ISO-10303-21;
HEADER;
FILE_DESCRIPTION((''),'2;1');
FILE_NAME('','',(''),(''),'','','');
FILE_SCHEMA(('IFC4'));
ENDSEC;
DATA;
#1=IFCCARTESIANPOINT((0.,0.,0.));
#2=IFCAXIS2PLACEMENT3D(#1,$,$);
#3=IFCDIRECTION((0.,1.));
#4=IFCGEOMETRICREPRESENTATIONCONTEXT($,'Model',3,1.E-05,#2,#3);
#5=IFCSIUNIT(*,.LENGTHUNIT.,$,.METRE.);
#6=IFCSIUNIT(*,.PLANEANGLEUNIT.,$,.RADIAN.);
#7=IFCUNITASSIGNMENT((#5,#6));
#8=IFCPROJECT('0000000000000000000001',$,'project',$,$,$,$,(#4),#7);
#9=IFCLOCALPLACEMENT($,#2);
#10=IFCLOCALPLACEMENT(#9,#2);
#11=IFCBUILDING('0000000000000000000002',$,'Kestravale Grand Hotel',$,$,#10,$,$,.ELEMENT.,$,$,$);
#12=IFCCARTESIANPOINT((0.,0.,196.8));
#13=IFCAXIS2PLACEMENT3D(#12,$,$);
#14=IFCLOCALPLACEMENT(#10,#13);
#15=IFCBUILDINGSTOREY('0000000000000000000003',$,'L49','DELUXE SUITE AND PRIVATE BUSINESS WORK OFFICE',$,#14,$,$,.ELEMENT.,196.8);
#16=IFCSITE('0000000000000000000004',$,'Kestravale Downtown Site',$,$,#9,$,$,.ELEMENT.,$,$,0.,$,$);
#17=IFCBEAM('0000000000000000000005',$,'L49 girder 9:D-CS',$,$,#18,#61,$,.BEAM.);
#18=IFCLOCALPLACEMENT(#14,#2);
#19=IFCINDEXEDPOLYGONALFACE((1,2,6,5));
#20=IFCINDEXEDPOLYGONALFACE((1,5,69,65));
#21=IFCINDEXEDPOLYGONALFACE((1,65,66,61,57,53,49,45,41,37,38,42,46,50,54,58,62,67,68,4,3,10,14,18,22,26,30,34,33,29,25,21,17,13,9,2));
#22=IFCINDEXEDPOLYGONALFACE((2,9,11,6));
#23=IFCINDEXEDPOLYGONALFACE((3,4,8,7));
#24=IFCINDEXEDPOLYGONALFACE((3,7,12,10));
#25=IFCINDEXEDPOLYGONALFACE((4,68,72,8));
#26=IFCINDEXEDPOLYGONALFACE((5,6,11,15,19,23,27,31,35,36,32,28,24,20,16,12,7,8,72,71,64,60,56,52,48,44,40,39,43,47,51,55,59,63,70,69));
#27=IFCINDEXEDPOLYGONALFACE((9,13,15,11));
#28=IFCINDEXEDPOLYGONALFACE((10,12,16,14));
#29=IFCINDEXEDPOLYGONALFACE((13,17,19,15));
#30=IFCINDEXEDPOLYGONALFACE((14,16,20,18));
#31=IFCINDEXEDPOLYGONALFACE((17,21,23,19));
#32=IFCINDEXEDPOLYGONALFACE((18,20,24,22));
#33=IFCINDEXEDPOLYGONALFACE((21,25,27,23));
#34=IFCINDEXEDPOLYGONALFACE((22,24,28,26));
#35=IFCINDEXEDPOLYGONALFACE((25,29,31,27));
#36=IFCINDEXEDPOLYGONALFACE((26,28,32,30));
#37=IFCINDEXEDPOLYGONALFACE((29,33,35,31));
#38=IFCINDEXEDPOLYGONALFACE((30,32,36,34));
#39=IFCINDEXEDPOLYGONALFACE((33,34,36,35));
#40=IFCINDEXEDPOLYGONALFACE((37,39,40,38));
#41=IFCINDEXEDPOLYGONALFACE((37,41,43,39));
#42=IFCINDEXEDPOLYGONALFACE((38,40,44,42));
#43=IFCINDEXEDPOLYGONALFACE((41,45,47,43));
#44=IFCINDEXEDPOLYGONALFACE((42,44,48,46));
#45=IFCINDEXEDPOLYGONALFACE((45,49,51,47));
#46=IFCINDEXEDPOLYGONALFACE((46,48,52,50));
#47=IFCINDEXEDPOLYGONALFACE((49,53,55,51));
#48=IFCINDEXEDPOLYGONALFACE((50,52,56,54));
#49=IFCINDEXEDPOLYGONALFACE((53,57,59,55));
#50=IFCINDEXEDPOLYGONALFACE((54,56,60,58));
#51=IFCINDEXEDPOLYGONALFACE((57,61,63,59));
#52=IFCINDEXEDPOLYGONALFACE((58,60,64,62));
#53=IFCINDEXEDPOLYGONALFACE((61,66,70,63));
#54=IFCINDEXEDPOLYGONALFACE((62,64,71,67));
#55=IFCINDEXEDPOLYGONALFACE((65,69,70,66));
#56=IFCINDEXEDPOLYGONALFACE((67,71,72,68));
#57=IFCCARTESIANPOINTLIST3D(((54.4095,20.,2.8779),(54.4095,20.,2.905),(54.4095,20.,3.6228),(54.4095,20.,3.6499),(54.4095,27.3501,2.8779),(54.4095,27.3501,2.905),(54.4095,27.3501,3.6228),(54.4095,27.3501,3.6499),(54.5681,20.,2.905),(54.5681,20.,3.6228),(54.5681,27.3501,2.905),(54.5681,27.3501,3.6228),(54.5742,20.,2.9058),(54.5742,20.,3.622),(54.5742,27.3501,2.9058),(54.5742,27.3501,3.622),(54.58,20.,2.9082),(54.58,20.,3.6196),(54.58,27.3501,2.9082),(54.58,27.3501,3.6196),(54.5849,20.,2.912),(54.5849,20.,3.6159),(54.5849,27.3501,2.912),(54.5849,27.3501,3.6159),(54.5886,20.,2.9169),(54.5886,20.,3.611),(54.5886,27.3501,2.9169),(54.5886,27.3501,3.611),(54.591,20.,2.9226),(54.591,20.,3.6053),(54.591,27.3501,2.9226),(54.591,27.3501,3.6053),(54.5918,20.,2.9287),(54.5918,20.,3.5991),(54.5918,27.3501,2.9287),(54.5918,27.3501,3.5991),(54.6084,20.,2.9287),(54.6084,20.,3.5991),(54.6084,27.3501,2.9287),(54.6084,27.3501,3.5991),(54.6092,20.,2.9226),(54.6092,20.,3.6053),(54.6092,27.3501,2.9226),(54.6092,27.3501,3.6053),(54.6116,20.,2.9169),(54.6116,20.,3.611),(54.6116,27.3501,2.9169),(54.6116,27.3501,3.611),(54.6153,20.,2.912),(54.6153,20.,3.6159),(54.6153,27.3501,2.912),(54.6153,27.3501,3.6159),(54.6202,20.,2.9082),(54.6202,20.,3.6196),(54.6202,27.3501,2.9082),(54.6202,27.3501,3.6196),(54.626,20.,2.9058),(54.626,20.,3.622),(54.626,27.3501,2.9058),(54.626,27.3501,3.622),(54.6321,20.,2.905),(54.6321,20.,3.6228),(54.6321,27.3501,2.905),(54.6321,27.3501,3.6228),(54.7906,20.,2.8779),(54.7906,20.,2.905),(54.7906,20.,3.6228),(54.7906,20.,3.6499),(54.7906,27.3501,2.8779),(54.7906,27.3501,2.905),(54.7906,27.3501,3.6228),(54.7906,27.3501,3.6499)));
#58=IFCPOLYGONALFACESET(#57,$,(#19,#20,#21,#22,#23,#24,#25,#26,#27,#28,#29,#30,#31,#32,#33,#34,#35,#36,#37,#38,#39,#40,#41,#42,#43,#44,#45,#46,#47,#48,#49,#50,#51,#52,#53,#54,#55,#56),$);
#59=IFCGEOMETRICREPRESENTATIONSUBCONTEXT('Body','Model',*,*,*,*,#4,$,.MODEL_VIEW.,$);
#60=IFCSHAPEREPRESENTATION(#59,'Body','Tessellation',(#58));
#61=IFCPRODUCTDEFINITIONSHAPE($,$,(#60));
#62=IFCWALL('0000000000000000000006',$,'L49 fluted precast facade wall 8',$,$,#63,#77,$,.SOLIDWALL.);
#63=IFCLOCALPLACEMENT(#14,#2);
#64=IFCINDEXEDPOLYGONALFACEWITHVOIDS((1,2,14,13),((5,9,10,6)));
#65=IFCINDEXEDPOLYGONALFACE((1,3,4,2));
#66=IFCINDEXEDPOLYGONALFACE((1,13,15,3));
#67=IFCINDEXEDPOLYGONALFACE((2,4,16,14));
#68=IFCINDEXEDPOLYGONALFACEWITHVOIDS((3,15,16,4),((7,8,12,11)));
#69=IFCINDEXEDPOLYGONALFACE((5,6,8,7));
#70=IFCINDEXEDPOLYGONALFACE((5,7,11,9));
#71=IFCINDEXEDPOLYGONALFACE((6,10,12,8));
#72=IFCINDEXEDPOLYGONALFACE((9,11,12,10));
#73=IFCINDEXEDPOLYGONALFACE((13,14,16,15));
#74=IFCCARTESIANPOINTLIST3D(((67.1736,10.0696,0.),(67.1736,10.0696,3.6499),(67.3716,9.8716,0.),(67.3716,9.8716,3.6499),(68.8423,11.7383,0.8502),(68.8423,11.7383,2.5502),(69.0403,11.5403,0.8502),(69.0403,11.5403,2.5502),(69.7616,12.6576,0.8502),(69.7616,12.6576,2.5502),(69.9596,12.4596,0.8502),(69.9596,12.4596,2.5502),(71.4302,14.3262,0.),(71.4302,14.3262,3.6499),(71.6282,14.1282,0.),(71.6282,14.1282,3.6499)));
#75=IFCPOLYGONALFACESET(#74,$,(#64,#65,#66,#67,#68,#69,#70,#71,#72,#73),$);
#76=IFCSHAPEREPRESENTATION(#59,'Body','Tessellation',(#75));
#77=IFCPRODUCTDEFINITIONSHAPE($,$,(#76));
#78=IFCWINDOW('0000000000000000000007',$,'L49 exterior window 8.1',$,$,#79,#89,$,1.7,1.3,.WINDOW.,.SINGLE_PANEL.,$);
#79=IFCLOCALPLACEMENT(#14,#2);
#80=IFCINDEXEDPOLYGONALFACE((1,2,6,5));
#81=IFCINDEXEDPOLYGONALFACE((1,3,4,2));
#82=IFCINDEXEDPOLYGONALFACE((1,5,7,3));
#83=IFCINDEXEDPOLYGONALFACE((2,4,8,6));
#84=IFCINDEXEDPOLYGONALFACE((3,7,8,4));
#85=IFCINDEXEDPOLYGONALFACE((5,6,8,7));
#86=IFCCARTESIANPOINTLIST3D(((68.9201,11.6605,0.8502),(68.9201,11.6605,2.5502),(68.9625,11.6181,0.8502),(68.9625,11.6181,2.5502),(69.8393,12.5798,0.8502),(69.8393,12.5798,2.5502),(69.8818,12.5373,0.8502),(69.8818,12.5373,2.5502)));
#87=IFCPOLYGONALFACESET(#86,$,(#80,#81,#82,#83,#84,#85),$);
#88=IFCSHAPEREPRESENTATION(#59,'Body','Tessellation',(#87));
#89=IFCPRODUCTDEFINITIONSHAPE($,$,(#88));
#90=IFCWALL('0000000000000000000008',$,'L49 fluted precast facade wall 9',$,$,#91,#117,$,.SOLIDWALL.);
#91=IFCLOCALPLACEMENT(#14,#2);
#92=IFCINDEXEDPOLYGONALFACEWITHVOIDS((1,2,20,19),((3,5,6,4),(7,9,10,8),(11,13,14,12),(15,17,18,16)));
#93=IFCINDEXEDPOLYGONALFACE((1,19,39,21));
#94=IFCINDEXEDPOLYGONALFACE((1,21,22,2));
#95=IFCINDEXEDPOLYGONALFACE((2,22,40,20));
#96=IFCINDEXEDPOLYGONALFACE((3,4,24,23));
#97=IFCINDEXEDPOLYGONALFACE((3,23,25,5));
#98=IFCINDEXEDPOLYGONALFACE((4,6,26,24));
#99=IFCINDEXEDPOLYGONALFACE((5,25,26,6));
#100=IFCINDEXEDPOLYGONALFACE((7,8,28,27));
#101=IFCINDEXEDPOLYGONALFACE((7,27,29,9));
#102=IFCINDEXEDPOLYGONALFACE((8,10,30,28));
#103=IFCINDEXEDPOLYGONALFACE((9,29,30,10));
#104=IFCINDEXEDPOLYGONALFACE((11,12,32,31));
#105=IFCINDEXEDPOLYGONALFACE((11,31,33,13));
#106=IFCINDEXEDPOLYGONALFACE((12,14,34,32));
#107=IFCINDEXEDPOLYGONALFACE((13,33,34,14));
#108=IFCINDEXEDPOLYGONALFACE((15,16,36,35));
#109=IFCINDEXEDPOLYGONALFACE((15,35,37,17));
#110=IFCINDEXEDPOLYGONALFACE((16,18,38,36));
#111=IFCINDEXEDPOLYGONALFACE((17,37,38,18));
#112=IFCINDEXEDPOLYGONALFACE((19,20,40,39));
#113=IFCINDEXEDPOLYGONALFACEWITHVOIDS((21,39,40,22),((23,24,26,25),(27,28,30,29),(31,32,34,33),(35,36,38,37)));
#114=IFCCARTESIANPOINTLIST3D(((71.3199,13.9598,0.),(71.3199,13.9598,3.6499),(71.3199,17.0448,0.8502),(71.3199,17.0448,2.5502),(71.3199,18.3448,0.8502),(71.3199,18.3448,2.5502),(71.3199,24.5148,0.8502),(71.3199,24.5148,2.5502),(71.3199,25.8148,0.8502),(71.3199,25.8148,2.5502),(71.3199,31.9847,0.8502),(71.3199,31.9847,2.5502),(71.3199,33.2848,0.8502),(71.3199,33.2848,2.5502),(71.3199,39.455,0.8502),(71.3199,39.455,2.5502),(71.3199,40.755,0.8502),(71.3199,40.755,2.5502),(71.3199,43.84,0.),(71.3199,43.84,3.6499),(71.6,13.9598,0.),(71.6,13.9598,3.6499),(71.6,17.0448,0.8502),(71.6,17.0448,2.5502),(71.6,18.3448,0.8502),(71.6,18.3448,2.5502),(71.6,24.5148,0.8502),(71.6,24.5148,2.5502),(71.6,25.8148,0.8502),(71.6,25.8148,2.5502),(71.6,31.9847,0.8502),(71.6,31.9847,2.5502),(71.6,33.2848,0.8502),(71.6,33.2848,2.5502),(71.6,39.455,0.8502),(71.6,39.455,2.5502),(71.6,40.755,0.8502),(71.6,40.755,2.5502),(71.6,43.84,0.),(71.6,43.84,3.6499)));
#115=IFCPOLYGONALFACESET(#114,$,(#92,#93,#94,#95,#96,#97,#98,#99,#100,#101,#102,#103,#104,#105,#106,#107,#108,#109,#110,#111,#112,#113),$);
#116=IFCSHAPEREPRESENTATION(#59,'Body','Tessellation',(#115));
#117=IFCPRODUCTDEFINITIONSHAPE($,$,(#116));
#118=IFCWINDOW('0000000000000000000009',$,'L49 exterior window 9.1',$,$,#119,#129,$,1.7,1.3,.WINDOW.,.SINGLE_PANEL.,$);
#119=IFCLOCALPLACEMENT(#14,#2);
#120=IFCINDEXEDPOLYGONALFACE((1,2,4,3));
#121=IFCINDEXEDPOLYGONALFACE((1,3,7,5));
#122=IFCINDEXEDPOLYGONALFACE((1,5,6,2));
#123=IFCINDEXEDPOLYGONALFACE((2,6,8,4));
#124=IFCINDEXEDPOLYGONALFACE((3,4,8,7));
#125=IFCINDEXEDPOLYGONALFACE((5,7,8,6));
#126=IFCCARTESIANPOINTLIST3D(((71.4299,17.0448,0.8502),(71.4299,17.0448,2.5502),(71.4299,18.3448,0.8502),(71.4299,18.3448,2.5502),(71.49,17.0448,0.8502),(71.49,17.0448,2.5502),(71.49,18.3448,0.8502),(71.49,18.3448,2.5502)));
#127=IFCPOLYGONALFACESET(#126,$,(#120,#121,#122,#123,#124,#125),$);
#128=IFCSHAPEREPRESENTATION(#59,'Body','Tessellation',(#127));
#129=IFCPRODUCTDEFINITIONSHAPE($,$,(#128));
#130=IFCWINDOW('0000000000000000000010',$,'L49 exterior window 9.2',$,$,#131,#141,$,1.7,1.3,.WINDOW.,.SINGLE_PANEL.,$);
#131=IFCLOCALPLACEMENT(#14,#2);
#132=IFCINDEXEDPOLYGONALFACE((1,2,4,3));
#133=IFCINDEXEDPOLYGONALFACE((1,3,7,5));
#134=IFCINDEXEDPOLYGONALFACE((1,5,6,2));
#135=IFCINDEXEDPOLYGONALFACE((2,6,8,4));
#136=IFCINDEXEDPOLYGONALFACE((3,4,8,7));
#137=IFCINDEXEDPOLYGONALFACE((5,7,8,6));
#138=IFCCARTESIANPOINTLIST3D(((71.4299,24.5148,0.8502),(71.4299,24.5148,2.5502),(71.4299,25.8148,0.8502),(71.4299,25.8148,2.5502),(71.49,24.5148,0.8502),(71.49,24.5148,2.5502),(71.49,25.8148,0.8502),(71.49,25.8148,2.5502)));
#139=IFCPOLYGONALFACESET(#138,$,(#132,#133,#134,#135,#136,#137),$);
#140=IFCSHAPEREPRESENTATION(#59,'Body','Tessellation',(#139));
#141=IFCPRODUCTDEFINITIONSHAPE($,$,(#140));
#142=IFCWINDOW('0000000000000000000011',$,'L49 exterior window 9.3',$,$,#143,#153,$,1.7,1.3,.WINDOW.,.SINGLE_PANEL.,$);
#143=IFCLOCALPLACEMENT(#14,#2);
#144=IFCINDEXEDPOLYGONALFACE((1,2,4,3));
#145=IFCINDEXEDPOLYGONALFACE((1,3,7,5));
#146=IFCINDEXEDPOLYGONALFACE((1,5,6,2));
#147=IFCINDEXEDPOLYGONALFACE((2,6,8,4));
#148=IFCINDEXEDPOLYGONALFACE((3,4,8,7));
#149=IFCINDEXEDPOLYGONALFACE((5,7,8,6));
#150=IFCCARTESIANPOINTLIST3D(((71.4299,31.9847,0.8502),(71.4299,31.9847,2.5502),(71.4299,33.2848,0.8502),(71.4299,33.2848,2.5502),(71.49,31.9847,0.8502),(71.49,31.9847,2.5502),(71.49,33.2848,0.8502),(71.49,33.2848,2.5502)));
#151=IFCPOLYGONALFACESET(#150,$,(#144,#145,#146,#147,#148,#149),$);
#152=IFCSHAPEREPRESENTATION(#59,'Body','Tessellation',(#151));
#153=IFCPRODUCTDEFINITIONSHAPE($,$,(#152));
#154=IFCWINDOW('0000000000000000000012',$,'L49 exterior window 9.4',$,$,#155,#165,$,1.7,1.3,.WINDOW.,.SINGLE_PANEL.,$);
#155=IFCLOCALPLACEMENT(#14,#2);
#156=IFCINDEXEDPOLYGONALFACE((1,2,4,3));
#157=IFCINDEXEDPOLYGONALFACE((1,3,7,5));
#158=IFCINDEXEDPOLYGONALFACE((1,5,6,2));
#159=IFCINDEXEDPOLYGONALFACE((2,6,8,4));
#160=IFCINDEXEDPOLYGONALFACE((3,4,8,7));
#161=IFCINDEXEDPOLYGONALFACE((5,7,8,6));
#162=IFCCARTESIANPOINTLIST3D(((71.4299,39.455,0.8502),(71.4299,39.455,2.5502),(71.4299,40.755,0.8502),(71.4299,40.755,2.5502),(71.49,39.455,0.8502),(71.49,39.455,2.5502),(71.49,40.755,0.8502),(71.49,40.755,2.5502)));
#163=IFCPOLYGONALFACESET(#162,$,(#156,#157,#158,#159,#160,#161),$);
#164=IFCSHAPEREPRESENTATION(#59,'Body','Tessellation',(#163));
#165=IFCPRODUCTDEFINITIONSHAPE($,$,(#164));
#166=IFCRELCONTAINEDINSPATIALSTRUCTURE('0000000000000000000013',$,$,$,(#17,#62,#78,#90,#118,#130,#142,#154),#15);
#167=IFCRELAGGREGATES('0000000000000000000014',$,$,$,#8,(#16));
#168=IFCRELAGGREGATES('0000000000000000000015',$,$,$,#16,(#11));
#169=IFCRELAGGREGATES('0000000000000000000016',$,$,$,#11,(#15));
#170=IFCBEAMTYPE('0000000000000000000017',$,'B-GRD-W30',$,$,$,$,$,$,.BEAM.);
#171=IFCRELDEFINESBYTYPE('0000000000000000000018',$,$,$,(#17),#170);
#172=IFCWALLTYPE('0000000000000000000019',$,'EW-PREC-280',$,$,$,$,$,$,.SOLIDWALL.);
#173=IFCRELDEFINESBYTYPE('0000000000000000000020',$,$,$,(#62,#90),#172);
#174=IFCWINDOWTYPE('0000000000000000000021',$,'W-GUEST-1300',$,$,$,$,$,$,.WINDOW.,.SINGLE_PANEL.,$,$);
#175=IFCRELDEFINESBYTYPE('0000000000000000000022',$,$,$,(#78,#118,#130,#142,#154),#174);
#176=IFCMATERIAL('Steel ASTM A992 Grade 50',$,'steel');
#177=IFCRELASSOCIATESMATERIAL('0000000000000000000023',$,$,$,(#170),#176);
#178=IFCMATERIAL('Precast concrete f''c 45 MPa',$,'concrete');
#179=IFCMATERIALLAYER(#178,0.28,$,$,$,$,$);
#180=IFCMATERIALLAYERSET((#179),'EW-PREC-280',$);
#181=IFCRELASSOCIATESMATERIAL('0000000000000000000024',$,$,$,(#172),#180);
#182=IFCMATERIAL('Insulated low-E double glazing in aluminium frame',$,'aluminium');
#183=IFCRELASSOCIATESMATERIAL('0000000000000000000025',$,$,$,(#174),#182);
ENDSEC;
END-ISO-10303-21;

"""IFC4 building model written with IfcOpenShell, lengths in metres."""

from ifc_helpers import new_model, si_unit, direction, frame, frame_2d, origin, origin_2d, place, context, subcontext, project, spatial, rectangle, i_section, extrude, material, layer, layer_set, material_profile, profile_set, type_object, element, fill, save


model = new_model("IFC4")

# Units and contexts
model_context = context("Model", 3, precision=1e-05, world=origin(), true_north=direction((0.0, 1.0)))
body_context = subcontext(model_context, "Body", "Model", "MODEL_VIEW")
ifc_project = project(units=[si_unit("LENGTHUNIT", "METRE"), si_unit("PLANEANGLEUNIT", "RADIAN")], contexts=[model_context])

# Site, building, storey
site_placement = place(None, origin())
site = spatial("IfcSite", under=ifc_project, at=site_placement, Name="Kestravale Downtown Site", CompositionType="ELEMENT", RefElevation=0.0)
building_placement = place(site_placement, origin())
building = spatial("IfcBuilding", under=site, at=building_placement, Name="Kestravale Grand Hotel", CompositionType="ELEMENT")
storey_placement = place(building_placement, frame((0.0, 0.0, 196.8)))
storey = spatial("IfcBuildingStorey", under=building, at=storey_placement, Name="L49", Description="DELUXE SUITE AND PRIVATE BUSINESS WORK OFFICE", CompositionType="ELEMENT", Elevation=196.8)

# Beam
ifc_material_1 = material(Name="Steel ASTM A992 Grade 50", Category="steel")
ifc_material_profile_1 = material_profile(ifc_material_1, i_section(OverallWidth=0.3811, OverallDepth=0.772, WebThickness=0.0166, FlangeThickness=0.0271, FilletRadius=0.0237, at=origin_2d()))
ifc_profile_set_1 = profile_set([ifc_material_profile_1], Name="Steel ASTM A992 Grade 50")
beam_type_1 = type_object("IfcBeamType", Name="B-GRD-W30", PredefinedType="BEAM", material=ifc_profile_set_1)
beam_1_placement = place(storey_placement, frame((54.6001, 20.0, 3.2639), z_axis=(0.0, 1.0, 0.0), x_axis=(-1.0, 0.0, 0.0)))
element("IfcBeam", 1, at=beam_1_placement, inside=storey, type_object=beam_type_1, Name="L49 girder 9:D-CS", PredefinedType="BEAM", context=body_context, shape_type="SweptSolid", body=[
    extrude(i_section(OverallWidth=0.3811, OverallDepth=0.772, WebThickness=0.0166, FlangeThickness=0.0271, FilletRadius=0.0237, at=origin_2d()), origin(), (0.0, 0.0, 1.0), 7.3501),
])

# Wall, opening, window
ifc_material_2 = material(Name="Precast concrete f'c 45 MPa", Category="concrete")
ifc_layer_1 = layer(ifc_material_2, 0.28)
ifc_layer_set_1 = layer_set([ifc_layer_1], Name="EW-PREC-280")
wall_type_1 = type_object("IfcWallType", Name="EW-PREC-280", PredefinedType="SOLIDWALL", material=ifc_layer_set_1)
wall_1_placement = place(storey_placement, frame((67.2727, 9.9707, 0.0), z_axis=(0.0, 0.0, 1.0), x_axis=(0.707107, 0.707107, 0.0)))
wall_1 = element("IfcWall", 2, at=wall_1_placement, inside=storey, type_object=wall_type_1, Name="L49 fluted precast facade wall 8", PredefinedType="SOLIDWALL", context=body_context, shape_type="SweptSolid", body=[
    extrude(rectangle(XDim=6.0198, YDim=0.28, at=frame_2d((3.0098, 0.0))), origin(), (0.0, 0.0, 1.0), 3.6499),
])
opening_1_placement = place(wall_1_placement, frame((2.3599, 0.0, 0.8501)))
opening_1 = element("IfcOpeningElement", 3, at=opening_1_placement, cuts=wall_1, PredefinedType="OPENING", context=body_context, shape_type="SweptSolid", body=[
    extrude(rectangle(XDim=1.3, YDim=1.7, at=frame_2d((0.6499, 0.8501))), frame((0.0, 0.1499, 0.0), z_axis=(0.0, -1.0, 0.0), x_axis=(1.0, 0.0, 0.0)), (0.0, 0.0, 1.0), 0.3),
])
ifc_material_3 = material(Name="Insulated low-E double glazing in aluminium frame", Category="aluminium")
window_type = type_object("IfcWindowType", Name="W-GUEST-1300", PartitioningType="SINGLE_PANEL", PredefinedType="WINDOW", material=ifc_material_3)
window_1_placement = place(opening_1_placement, origin())
window_1 = element("IfcWindow", 4, at=window_1_placement, inside=storey, type_object=window_type, Name="L49 exterior window 8.1", OverallHeight=1.7, OverallWidth=1.3, PartitioningType="SINGLE_PANEL", PredefinedType="WINDOW", context=body_context, shape_type="SweptSolid", body=[
    extrude(rectangle(XDim=1.3, YDim=1.7, at=frame_2d((0.6499, 0.8501))), frame((0.0, 0.03, 0.0), z_axis=(0.0, -1.0, 0.0), x_axis=(1.0, 0.0, 0.0)), (0.0, 0.0, 1.0), 0.0601),
])
fill(opening_1, window_1)

# Wall, openings, windows
wall_2_placement = place(storey_placement, frame((71.46, 13.96, 0.0), z_axis=(0.0, 0.0, 1.0), x_axis=(0.0, 1.0, 0.0)))
wall_2 = element("IfcWall", 5, at=wall_2_placement, inside=storey, type_object=wall_type_1, Name="L49 fluted precast facade wall 9", PredefinedType="SOLIDWALL", context=body_context, shape_type="SweptSolid", body=[
    extrude(rectangle(XDim=29.8801, YDim=0.28, at=frame_2d((14.9399, 0.0))), origin(), (0.0, 0.0, 1.0), 3.6499),
])
opening_2_placement = place(wall_2_placement, frame((3.085, 0.0, 0.8501)))
opening_2 = element("IfcOpeningElement", 6, at=opening_2_placement, cuts=wall_2, PredefinedType="OPENING", context=body_context, shape_type="SweptSolid", body=[
    extrude(rectangle(XDim=1.3, YDim=1.7, at=frame_2d((0.6499, 0.8501))), frame((0.0, 0.1499, 0.0), z_axis=(0.0, -1.0, 0.0), x_axis=(1.0, 0.0, 0.0)), (0.0, 0.0, 1.0), 0.3),
])
opening_3_placement = place(wall_2_placement, frame((10.5549, 0.0, 0.8501)))
opening_3 = element("IfcOpeningElement", 7, at=opening_3_placement, cuts=wall_2, PredefinedType="OPENING", context=body_context, shape_type="SweptSolid", body=[
    extrude(rectangle(XDim=1.3, YDim=1.7, at=frame_2d((0.6499, 0.8501))), frame((0.0, 0.1499, 0.0), z_axis=(0.0, -1.0, 0.0), x_axis=(1.0, 0.0, 0.0)), (0.0, 0.0, 1.0), 0.3),
])
opening_4_placement = place(wall_2_placement, frame((18.0249, 0.0, 0.8501)))
opening_4 = element("IfcOpeningElement", 8, at=opening_4_placement, cuts=wall_2, PredefinedType="OPENING", context=body_context, shape_type="SweptSolid", body=[
    extrude(rectangle(XDim=1.3, YDim=1.7, at=frame_2d((0.6499, 0.8501))), frame((0.0, 0.1499, 0.0), z_axis=(0.0, -1.0, 0.0), x_axis=(1.0, 0.0, 0.0)), (0.0, 0.0, 1.0), 0.3),
])
opening_5_placement = place(wall_2_placement, frame((25.4951, 0.0, 0.8501)))
opening_5 = element("IfcOpeningElement", 9, at=opening_5_placement, cuts=wall_2, PredefinedType="OPENING", context=body_context, shape_type="SweptSolid", body=[
    extrude(rectangle(XDim=1.3, YDim=1.7, at=frame_2d((0.6499, 0.8501))), frame((0.0, 0.1499, 0.0), z_axis=(0.0, -1.0, 0.0), x_axis=(1.0, 0.0, 0.0)), (0.0, 0.0, 1.0), 0.3),
])
window_2_placement = place(opening_2_placement, origin())
window_2 = element("IfcWindow", 10, at=window_2_placement, inside=storey, type_object=window_type, Name="L49 exterior window 9.1", OverallHeight=1.7, OverallWidth=1.3, PartitioningType="SINGLE_PANEL", PredefinedType="WINDOW", context=body_context, shape_type="SweptSolid", body=[
    extrude(rectangle(XDim=1.3, YDim=1.7, at=frame_2d((0.6499, 0.8501))), frame((0.0, 0.03, 0.0), z_axis=(0.0, -1.0, 0.0), x_axis=(1.0, 0.0, 0.0)), (0.0, 0.0, 1.0), 0.0601),
])
fill(opening_2, window_2)
window_3_placement = place(opening_3_placement, origin())
window_3 = element("IfcWindow", 11, at=window_3_placement, inside=storey, type_object=window_type, Name="L49 exterior window 9.2", OverallHeight=1.7, OverallWidth=1.3, PartitioningType="SINGLE_PANEL", PredefinedType="WINDOW", context=body_context, shape_type="SweptSolid", body=[
    extrude(rectangle(XDim=1.3, YDim=1.7, at=frame_2d((0.6499, 0.8501))), frame((0.0, 0.03, 0.0), z_axis=(0.0, -1.0, 0.0), x_axis=(1.0, 0.0, 0.0)), (0.0, 0.0, 1.0), 0.0601),
])
fill(opening_3, window_3)
window_4_placement = place(opening_4_placement, origin())
window_4 = element("IfcWindow", 12, at=window_4_placement, inside=storey, type_object=window_type, Name="L49 exterior window 9.3", OverallHeight=1.7, OverallWidth=1.3, PartitioningType="SINGLE_PANEL", PredefinedType="WINDOW", context=body_context, shape_type="SweptSolid", body=[
    extrude(rectangle(XDim=1.3, YDim=1.7, at=frame_2d((0.6499, 0.8501))), frame((0.0, 0.03, 0.0), z_axis=(0.0, -1.0, 0.0), x_axis=(1.0, 0.0, 0.0)), (0.0, 0.0, 1.0), 0.0601),
])
fill(opening_4, window_4)
window_5_placement = place(opening_5_placement, origin())
window_5 = element("IfcWindow", 13, at=window_5_placement, inside=storey, type_object=window_type, Name="L49 exterior window 9.4", OverallHeight=1.7, OverallWidth=1.3, PartitioningType="SINGLE_PANEL", PredefinedType="WINDOW", context=body_context, shape_type="SweptSolid", body=[
    extrude(rectangle(XDim=1.3, YDim=1.7, at=frame_2d((0.6499, 0.8501))), frame((0.0, 0.03, 0.0), z_axis=(0.0, -1.0, 0.0), x_axis=(1.0, 0.0, 0.0)), (0.0, 0.0, 1.0), 0.0601),
])
fill(opening_5, window_5)

save(model, "model.ifc")
